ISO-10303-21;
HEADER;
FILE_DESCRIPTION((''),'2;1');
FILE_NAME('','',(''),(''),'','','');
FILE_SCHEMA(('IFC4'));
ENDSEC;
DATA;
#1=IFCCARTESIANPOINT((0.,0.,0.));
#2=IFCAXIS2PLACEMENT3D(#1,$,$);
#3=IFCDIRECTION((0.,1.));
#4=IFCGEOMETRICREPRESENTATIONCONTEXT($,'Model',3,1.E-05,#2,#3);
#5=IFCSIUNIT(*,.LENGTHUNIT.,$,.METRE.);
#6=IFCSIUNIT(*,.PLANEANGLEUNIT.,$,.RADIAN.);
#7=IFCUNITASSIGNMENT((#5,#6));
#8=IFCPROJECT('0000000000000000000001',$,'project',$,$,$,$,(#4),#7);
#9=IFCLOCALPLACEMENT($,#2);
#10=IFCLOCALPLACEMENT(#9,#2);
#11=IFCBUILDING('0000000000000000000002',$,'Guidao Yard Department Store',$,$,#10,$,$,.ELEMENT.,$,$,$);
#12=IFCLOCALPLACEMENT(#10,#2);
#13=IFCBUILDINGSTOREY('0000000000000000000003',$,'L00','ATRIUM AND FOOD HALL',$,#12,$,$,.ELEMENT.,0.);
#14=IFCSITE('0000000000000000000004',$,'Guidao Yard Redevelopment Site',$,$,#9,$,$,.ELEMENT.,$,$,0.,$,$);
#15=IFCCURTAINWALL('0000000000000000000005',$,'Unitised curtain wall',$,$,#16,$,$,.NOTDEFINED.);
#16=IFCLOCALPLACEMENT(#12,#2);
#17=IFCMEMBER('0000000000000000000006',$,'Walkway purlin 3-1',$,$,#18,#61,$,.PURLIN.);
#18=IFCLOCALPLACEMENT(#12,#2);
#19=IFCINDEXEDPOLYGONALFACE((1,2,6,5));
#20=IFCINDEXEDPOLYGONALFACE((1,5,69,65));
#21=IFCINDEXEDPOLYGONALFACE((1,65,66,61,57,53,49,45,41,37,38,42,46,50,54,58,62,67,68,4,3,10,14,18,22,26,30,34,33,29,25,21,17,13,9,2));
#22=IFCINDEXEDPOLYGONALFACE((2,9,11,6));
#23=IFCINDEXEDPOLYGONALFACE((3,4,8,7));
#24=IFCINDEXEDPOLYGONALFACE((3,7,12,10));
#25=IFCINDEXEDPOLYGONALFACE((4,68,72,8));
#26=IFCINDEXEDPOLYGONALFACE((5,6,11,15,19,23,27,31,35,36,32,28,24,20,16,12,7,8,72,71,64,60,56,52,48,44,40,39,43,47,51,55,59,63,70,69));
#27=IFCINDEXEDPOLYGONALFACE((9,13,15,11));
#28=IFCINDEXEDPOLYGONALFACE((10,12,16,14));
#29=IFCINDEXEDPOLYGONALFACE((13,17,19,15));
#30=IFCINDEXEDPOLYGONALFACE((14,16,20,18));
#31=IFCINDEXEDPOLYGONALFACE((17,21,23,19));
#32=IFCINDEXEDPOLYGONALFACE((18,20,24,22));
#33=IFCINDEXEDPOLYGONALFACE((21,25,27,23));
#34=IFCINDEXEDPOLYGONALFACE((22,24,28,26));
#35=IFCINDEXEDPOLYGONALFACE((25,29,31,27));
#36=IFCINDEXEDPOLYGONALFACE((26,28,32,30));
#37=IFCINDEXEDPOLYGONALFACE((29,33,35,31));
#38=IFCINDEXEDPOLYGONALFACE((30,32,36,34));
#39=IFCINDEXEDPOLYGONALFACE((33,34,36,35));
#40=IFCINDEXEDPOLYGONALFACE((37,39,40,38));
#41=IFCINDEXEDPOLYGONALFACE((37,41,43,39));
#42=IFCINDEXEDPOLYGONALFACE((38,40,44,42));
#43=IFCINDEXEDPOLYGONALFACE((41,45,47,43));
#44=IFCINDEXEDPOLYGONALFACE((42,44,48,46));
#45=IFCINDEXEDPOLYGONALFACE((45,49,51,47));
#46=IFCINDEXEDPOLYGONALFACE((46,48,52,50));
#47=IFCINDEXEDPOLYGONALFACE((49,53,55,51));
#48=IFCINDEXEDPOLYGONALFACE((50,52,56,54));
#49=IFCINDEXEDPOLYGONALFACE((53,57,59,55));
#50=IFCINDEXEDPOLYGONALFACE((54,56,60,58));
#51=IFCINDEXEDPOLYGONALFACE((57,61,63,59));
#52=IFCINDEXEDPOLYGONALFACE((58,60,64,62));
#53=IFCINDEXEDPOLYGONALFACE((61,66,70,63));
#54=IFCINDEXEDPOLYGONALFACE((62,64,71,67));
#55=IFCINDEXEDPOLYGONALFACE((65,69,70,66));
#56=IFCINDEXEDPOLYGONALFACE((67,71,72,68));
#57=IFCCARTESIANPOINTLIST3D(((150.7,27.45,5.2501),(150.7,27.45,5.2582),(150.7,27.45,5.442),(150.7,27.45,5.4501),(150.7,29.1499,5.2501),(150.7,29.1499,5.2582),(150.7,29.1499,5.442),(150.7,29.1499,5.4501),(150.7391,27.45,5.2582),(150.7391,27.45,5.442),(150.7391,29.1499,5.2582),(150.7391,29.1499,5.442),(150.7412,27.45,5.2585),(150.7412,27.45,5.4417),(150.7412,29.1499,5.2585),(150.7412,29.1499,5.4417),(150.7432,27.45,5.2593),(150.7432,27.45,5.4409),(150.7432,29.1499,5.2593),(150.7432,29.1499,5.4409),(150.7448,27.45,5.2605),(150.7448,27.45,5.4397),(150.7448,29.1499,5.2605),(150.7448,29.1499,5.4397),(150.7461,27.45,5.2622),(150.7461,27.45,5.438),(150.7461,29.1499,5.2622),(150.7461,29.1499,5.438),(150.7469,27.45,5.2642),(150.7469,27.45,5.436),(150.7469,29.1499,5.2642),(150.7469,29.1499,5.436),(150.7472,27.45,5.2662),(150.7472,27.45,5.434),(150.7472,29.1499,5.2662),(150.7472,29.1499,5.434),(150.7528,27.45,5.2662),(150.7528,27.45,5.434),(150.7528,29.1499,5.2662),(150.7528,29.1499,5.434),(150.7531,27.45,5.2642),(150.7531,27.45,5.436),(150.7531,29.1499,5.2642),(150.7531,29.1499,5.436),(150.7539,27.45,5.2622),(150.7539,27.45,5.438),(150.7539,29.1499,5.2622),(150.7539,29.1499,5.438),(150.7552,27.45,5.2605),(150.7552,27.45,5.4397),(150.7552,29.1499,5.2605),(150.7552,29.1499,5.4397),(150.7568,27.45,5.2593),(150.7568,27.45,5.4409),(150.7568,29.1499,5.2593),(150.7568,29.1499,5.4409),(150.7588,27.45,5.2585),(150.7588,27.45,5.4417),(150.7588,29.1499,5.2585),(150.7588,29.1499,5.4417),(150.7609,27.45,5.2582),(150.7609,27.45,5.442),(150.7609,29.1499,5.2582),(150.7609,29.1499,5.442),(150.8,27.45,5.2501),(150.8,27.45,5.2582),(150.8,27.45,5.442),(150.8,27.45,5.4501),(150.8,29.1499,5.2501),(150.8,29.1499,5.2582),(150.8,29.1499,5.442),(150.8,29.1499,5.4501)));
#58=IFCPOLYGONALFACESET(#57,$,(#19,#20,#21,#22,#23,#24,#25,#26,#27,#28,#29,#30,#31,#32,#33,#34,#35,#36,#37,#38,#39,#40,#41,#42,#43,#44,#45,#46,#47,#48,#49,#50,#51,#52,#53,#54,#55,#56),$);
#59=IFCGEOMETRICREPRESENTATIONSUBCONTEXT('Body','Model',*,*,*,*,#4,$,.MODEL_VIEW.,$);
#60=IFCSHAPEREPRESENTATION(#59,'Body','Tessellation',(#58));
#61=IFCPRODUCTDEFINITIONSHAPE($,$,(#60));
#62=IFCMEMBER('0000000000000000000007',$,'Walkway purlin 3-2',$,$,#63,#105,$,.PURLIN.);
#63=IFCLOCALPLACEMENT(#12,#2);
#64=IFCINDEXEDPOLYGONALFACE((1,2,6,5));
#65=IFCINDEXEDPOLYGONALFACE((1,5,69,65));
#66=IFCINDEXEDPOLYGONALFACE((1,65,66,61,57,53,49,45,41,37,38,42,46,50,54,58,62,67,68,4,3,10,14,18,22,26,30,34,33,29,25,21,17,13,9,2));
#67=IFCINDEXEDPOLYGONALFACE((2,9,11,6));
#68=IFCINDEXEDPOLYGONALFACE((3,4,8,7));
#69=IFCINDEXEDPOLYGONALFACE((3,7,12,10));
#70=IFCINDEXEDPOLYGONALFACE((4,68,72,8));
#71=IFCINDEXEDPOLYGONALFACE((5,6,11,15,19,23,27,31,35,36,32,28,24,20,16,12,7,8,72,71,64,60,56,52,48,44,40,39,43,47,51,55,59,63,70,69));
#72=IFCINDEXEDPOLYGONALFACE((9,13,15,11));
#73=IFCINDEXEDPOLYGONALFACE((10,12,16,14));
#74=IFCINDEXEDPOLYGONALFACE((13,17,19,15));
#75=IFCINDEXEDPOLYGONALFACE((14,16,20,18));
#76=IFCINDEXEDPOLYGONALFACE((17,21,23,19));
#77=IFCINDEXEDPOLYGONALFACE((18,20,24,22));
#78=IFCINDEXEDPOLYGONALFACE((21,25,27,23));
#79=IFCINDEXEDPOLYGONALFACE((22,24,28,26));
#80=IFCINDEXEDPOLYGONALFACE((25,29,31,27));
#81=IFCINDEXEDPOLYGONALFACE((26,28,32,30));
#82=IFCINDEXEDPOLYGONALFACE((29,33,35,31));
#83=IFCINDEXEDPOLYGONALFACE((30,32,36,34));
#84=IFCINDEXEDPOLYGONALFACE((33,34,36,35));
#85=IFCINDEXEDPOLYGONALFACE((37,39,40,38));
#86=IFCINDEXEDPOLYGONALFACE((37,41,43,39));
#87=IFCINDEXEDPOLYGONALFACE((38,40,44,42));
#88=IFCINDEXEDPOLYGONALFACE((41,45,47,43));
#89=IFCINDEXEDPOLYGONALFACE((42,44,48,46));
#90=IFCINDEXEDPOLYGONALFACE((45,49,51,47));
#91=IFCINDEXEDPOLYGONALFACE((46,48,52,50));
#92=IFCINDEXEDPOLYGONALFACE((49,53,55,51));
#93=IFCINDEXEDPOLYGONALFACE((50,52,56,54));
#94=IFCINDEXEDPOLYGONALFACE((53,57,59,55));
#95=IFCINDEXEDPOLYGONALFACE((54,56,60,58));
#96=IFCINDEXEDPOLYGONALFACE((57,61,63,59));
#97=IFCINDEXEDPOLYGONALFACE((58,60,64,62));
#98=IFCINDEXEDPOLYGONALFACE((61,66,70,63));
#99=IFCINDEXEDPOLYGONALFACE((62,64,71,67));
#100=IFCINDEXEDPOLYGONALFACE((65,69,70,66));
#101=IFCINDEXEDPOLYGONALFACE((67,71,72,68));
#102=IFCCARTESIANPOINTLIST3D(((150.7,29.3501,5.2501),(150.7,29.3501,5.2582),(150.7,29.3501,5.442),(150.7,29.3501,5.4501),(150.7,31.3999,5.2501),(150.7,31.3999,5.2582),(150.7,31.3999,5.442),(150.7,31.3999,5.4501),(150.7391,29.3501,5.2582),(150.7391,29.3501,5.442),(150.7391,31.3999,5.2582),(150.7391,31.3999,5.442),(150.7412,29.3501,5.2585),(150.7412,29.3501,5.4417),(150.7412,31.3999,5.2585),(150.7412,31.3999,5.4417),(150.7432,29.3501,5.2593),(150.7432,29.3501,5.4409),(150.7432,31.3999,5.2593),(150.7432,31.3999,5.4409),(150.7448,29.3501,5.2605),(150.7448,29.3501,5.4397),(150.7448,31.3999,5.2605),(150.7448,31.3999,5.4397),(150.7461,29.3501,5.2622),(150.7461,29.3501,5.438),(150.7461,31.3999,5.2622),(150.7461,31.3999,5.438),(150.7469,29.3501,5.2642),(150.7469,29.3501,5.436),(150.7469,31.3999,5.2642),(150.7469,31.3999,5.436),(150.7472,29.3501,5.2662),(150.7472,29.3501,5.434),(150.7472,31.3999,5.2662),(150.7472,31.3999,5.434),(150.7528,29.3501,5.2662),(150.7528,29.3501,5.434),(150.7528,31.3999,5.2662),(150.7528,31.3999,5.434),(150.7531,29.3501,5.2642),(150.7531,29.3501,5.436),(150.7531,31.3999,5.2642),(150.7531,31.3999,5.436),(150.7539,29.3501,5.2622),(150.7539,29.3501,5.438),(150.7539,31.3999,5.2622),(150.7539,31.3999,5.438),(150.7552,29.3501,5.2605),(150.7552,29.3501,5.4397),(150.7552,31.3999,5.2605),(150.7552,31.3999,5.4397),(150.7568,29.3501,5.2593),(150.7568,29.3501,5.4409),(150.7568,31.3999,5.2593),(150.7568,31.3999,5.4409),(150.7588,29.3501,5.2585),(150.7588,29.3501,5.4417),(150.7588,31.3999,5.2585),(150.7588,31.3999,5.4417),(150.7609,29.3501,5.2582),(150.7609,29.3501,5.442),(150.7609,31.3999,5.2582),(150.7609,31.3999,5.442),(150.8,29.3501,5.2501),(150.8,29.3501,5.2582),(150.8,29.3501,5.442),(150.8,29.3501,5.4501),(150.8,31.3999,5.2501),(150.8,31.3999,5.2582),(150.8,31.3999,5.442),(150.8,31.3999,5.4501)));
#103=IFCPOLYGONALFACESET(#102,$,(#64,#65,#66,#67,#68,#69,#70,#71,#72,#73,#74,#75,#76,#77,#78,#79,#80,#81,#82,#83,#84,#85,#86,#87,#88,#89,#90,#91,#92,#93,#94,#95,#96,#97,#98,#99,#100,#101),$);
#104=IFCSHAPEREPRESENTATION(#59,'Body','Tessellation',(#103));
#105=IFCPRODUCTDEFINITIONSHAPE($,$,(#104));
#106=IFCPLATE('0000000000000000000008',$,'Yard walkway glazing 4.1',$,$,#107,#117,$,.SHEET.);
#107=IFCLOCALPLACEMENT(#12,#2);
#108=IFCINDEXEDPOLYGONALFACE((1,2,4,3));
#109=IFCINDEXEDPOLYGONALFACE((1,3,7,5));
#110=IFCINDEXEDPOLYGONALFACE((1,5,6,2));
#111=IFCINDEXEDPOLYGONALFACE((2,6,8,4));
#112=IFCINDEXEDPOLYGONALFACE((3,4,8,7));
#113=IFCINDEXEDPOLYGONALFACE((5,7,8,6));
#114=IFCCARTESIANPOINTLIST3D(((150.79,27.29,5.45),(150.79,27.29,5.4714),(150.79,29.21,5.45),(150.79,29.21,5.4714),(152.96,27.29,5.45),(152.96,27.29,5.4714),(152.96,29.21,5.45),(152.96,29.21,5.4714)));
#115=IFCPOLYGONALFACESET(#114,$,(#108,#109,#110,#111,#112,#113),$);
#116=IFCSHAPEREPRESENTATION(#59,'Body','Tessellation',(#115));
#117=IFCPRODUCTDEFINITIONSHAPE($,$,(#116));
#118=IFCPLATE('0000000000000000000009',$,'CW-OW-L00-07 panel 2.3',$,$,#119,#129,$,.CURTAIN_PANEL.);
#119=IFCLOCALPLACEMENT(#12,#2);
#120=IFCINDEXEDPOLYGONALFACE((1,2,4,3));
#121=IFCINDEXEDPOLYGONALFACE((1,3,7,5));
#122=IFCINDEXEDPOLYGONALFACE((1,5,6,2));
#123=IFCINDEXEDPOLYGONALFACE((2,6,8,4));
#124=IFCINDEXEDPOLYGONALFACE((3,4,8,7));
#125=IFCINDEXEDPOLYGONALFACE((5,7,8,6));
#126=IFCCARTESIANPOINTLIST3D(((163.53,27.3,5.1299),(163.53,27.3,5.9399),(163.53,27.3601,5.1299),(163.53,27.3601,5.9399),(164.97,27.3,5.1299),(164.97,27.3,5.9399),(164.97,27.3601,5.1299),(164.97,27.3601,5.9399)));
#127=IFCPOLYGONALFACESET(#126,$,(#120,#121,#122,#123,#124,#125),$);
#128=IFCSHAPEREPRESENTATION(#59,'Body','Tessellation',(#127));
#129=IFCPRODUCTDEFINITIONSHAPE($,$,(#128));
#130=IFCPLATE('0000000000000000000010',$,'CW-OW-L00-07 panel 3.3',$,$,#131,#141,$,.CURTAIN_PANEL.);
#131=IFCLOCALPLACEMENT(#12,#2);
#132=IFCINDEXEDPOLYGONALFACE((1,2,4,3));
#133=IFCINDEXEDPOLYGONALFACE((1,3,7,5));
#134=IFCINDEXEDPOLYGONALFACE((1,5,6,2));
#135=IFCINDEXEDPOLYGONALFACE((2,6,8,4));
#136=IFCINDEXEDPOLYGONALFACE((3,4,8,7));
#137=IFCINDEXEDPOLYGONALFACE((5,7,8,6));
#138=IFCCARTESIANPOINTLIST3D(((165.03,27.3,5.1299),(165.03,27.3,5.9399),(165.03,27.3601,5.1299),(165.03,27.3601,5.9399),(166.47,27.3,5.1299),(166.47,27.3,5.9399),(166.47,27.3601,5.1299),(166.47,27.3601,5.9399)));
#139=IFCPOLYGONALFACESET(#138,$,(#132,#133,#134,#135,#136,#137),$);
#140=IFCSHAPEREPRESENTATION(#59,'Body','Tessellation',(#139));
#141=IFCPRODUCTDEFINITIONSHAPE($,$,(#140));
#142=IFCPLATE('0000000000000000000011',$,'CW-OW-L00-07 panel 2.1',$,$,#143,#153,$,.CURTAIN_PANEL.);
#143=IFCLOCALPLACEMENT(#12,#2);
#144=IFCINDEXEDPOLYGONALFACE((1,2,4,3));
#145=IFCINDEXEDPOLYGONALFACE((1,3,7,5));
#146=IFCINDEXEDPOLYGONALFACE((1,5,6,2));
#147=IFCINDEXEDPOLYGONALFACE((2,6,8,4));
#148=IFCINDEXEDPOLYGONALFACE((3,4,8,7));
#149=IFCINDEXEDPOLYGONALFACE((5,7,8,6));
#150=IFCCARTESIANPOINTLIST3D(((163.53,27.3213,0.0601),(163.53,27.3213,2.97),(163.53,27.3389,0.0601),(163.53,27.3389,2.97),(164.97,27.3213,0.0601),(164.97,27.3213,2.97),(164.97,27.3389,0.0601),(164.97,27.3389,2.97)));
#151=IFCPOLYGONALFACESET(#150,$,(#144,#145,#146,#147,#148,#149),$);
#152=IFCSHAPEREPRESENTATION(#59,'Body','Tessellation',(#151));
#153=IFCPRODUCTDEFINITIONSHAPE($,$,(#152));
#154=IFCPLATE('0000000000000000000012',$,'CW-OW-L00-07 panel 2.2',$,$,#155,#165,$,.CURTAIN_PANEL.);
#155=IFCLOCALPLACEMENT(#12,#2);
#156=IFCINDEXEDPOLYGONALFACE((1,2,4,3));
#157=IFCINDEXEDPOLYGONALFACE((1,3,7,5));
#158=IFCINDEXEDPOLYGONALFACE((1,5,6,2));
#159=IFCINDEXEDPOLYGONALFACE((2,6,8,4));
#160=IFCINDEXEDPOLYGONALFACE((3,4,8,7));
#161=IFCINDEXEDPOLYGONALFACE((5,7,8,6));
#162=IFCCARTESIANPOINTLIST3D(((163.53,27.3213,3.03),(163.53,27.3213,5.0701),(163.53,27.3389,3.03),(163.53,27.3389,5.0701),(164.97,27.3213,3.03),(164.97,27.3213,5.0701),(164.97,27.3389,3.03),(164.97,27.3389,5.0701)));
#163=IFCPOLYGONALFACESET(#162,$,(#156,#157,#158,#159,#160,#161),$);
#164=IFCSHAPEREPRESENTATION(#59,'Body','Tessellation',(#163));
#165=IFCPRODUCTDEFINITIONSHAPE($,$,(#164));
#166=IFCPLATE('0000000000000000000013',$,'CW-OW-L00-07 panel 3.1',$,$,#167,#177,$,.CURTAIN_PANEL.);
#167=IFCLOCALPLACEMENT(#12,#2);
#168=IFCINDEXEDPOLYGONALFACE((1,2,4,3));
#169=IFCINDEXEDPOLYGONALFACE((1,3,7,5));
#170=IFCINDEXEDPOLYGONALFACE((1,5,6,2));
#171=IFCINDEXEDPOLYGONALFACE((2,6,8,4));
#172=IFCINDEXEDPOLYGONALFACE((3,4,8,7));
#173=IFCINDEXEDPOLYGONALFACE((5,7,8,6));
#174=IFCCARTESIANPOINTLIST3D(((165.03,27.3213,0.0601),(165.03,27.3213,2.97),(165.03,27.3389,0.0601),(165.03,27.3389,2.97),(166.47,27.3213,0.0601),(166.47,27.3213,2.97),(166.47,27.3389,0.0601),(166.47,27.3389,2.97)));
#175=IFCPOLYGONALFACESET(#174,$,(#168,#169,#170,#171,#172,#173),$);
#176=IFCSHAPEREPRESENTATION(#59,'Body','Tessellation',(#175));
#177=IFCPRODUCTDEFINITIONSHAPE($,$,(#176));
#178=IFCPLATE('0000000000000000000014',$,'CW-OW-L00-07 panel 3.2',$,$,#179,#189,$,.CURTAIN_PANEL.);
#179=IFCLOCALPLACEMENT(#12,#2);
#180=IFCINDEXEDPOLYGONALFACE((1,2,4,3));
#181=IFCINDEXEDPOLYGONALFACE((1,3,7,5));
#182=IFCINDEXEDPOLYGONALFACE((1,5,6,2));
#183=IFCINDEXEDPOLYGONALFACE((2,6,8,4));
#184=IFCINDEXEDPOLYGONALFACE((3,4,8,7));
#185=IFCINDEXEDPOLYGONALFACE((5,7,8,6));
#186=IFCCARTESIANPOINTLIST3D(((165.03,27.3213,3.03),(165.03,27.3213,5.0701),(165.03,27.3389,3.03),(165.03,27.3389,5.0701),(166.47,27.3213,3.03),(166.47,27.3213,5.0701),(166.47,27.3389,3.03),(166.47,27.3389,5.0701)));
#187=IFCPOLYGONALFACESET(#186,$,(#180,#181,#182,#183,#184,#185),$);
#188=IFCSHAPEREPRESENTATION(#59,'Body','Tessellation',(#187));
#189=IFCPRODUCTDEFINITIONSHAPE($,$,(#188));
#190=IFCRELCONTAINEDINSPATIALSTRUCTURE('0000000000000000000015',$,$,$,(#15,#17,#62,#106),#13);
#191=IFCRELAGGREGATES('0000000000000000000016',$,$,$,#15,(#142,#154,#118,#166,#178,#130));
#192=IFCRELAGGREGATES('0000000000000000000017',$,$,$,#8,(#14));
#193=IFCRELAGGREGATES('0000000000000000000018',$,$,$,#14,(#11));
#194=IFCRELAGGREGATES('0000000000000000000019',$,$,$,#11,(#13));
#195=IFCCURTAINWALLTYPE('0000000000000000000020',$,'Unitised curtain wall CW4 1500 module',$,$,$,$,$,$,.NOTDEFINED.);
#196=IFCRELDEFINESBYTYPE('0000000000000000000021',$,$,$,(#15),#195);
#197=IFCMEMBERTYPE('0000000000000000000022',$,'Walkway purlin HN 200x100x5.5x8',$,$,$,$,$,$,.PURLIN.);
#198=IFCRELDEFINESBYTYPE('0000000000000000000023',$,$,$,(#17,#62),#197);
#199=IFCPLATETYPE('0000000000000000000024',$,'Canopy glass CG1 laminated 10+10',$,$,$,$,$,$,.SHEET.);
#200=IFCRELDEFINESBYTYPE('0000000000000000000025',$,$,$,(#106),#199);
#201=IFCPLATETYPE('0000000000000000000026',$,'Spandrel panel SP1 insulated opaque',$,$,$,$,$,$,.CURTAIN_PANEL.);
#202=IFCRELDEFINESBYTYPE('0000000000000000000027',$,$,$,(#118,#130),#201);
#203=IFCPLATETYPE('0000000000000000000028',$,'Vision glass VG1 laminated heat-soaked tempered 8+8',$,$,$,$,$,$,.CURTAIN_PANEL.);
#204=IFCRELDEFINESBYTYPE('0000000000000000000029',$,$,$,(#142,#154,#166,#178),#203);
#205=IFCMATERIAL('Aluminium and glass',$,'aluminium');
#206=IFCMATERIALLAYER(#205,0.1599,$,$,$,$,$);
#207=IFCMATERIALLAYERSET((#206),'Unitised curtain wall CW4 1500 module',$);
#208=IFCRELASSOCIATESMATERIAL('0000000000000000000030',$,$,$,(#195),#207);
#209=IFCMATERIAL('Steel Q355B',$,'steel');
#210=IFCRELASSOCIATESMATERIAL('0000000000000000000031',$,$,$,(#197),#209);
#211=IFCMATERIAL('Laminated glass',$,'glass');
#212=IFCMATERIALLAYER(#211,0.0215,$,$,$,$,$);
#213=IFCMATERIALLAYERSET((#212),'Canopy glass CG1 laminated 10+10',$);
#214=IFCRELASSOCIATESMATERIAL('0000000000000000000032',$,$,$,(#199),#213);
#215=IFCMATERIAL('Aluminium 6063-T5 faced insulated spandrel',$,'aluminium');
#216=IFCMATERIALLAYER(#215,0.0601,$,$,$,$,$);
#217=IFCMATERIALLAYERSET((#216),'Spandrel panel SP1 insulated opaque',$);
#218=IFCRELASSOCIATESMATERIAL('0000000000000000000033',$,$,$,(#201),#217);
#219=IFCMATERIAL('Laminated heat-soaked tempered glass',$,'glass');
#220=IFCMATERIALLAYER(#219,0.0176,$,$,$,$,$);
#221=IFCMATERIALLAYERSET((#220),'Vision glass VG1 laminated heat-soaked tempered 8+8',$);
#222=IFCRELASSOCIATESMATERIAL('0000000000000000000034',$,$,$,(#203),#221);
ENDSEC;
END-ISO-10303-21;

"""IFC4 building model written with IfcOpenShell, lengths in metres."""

from ifc_helpers import new_model, si_unit, direction, frame, origin, origin_2d, place, context, subcontext, project, spatial, rectangle, i_section, extrude, material, layer, layer_set, material_profile, profile_set, type_object, element, aggregate, save


model = new_model("IFC4")

# Units and contexts
model_context = context("Model", 3, precision=1e-05, world=origin(), true_north=direction((0.0, 1.0)))
body_context = subcontext(model_context, "Body", "Model", "MODEL_VIEW")
ifc_project = project(units=[si_unit("LENGTHUNIT", "METRE"), si_unit("PLANEANGLEUNIT", "RADIAN")], contexts=[model_context])

# Site, building, storey
site_placement = place(None, origin())
site = spatial("IfcSite", under=ifc_project, at=site_placement, Name="Guidao Yard Redevelopment Site", CompositionType="ELEMENT", RefElevation=0.0)
building_placement = place(site_placement, origin())
building = spatial("IfcBuilding", under=site, at=building_placement, Name="Guidao Yard Department Store", CompositionType="ELEMENT")
storey_placement = place(building_placement, origin())
storey = spatial("IfcBuildingStorey", under=building, at=storey_placement, Name="L00", Description="ATRIUM AND FOOD HALL", CompositionType="ELEMENT", Elevation=0.0)

# Curtain wall
ifc_material_1 = material(Name="Aluminium and glass", Category="aluminium")
ifc_layer_1 = layer(ifc_material_1, 0.1599)
ifc_layer_set_1 = layer_set([ifc_layer_1], Name="Unitised curtain wall CW4 1500 module")
curtain_wall_type = type_object("IfcCurtainWallType", Name="Unitised curtain wall CW4 1500 module", PredefinedType="NOTDEFINED", material=ifc_layer_set_1)
curtain_wall_placement = place(storey_placement, origin())
curtain_wall = element("IfcCurtainWall", 1, at=curtain_wall_placement, inside=storey, type_object=curtain_wall_type, Name="Unitised curtain wall", PredefinedType="NOTDEFINED")

# Members
ifc_material_2 = material(Name="Steel Q355B", Category="steel")
ifc_material_profile_1 = material_profile(ifc_material_2, i_section(OverallWidth=0.1001, OverallDepth=0.2, WebThickness=0.0056, FlangeThickness=0.0081, FilletRadius=0.0081, at=origin_2d()), Name="HN 200x100x5.5x8")
ifc_profile_set_1 = profile_set([ifc_material_profile_1], Name="Steel Q355B")
member_type_1 = type_object("IfcMemberType", Name="Walkway purlin HN 200x100x5.5x8", PredefinedType="PURLIN", material=ifc_profile_set_1)
member_1_placement = place(storey_placement, frame((150.75, 27.45, 5.3501), z_axis=(0.0, 1.0, 0.0), x_axis=(-1.0, 0.0, 0.0)))
element("IfcMember", 2, at=member_1_placement, inside=storey, type_object=member_type_1, Name="Walkway purlin 3-1", PredefinedType="PURLIN", context=body_context, shape_type="SweptSolid", body=[
    extrude(i_section(OverallWidth=0.1001, OverallDepth=0.2, WebThickness=0.0056, FlangeThickness=0.0081, FilletRadius=0.0081, at=origin_2d()), origin(), (0.0, 0.0, 1.0), 1.7),
])
member_2_placement = place(storey_placement, frame((150.75, 29.3501, 5.3501), z_axis=(0.0, 1.0, 0.0), x_axis=(-1.0, 0.0, 0.0)))
element("IfcMember", 3, at=member_2_placement, inside=storey, type_object=member_type_1, Name="Walkway purlin 3-2", PredefinedType="PURLIN", context=body_context, shape_type="SweptSolid", body=[
    extrude(i_section(OverallWidth=0.1001, OverallDepth=0.2, WebThickness=0.0056, FlangeThickness=0.0081, FilletRadius=0.0081, at=origin_2d()), origin(), (0.0, 0.0, 1.0), 2.0498),
])

# Plates
ifc_material_3 = material(Name="Laminated glass", Category="glass")
ifc_layer_2 = layer(ifc_material_3, 0.0215)
ifc_layer_set_2 = layer_set([ifc_layer_2], Name="Canopy glass CG1 laminated 10+10")
plate_type_1 = type_object("IfcPlateType", Name="Canopy glass CG1 laminated 10+10", PredefinedType="SHEET", material=ifc_layer_set_2)
plate_1_placement = place(storey_placement, frame((151.875, 28.25, 5.45), z_axis=(0.0, 0.0, 1.0), x_axis=(1.0, 0.0, 0.0)))
element("IfcPlate", 4, at=plate_1_placement, inside=storey, type_object=plate_type_1, Name="Yard walkway glazing 4.1", PredefinedType="SHEET", context=body_context, shape_type="SweptSolid", body=[
    extrude(rectangle(XDim=2.1699, YDim=1.9199, at=origin_2d()), origin(), (0.0, 0.0, 1.0), 0.0215),
])
ifc_material_4 = material(Name="Aluminium 6063-T5 faced insulated spandrel", Category="aluminium")
ifc_layer_3 = layer(ifc_material_4, 0.0601)
ifc_layer_set_3 = layer_set([ifc_layer_3], Name="Spandrel panel SP1 insulated opaque")
plate_type_2 = type_object("IfcPlateType", Name="Spandrel panel SP1 insulated opaque", PredefinedType="CURTAIN_PANEL", material=ifc_layer_set_3)
plate_2_placement = place(storey_placement, frame((164.25, 27.3301, 5.1299), z_axis=(0.0, 0.0, 1.0), x_axis=(1.0, 0.0, 0.0)))
plate_2 = element("IfcPlate", 5, at=plate_2_placement, type_object=plate_type_2, Name="CW-OW-L00-07 panel 2.3", PredefinedType="CURTAIN_PANEL", context=body_context, shape_type="SweptSolid", body=[
    extrude(rectangle(XDim=1.4399, YDim=0.0601, at=origin_2d()), origin(), (0.0, 0.0, 1.0), 0.8101),
])
plate_3_placement = place(storey_placement, frame((165.75, 27.3301, 5.1299), z_axis=(0.0, 0.0, 1.0), x_axis=(1.0, 0.0, 0.0)))
plate_3 = element("IfcPlate", 6, at=plate_3_placement, type_object=plate_type_2, Name="CW-OW-L00-07 panel 3.3", PredefinedType="CURTAIN_PANEL", context=body_context, shape_type="SweptSolid", body=[
    extrude(rectangle(XDim=1.4399, YDim=0.0601, at=origin_2d()), origin(), (0.0, 0.0, 1.0), 0.8101),
])
ifc_material_5 = material(Name="Laminated heat-soaked tempered glass", Category="glass")
ifc_layer_4 = layer(ifc_material_5, 0.0176)
ifc_layer_set_4 = layer_set([ifc_layer_4], Name="Vision glass VG1 laminated heat-soaked tempered 8+8")
plate_type_3 = type_object("IfcPlateType", Name="Vision glass VG1 laminated heat-soaked tempered 8+8", PredefinedType="CURTAIN_PANEL", material=ifc_layer_set_4)
plate_4_placement = place(storey_placement, frame((164.25, 27.3301, 0.0601), z_axis=(0.0, 0.0, 1.0), x_axis=(1.0, 0.0, 0.0)))
plate_4 = element("IfcPlate", 7, at=plate_4_placement, type_object=plate_type_3, Name="CW-OW-L00-07 panel 2.1", PredefinedType="CURTAIN_PANEL", context=body_context, shape_type="SweptSolid", body=[
    extrude(rectangle(XDim=1.4399, YDim=0.0176, at=origin_2d()), origin(), (0.0, 0.0, 1.0), 2.9099),
])
plate_5_placement = place(storey_placement, frame((164.25, 27.3301, 3.03), z_axis=(0.0, 0.0, 1.0), x_axis=(1.0, 0.0, 0.0)))
plate_5 = element("IfcPlate", 8, at=plate_5_placement, type_object=plate_type_3, Name="CW-OW-L00-07 panel 2.2", PredefinedType="CURTAIN_PANEL", context=body_context, shape_type="SweptSolid", body=[
    extrude(rectangle(XDim=1.4399, YDim=0.0176, at=origin_2d()), origin(), (0.0, 0.0, 1.0), 2.04),
])
plate_6_placement = place(storey_placement, frame((165.75, 27.3301, 0.0601), z_axis=(0.0, 0.0, 1.0), x_axis=(1.0, 0.0, 0.0)))
plate_6 = element("IfcPlate", 9, at=plate_6_placement, type_object=plate_type_3, Name="CW-OW-L00-07 panel 3.1", PredefinedType="CURTAIN_PANEL", context=body_context, shape_type="SweptSolid", body=[
    extrude(rectangle(XDim=1.4399, YDim=0.0176, at=origin_2d()), origin(), (0.0, 0.0, 1.0), 2.9099),
])
plate_7_placement = place(storey_placement, frame((165.75, 27.3301, 3.03), z_axis=(0.0, 0.0, 1.0), x_axis=(1.0, 0.0, 0.0)))
plate_7 = element("IfcPlate", 10, at=plate_7_placement, type_object=plate_type_3, Name="CW-OW-L00-07 panel 3.2", PredefinedType="CURTAIN_PANEL", context=body_context, shape_type="SweptSolid", body=[
    extrude(rectangle(XDim=1.4399, YDim=0.0176, at=origin_2d()), origin(), (0.0, 0.0, 1.0), 2.04),
])
aggregate(curtain_wall, [plate_4, plate_5, plate_2, plate_6, plate_7, plate_3])

save(model, "model.ifc")
